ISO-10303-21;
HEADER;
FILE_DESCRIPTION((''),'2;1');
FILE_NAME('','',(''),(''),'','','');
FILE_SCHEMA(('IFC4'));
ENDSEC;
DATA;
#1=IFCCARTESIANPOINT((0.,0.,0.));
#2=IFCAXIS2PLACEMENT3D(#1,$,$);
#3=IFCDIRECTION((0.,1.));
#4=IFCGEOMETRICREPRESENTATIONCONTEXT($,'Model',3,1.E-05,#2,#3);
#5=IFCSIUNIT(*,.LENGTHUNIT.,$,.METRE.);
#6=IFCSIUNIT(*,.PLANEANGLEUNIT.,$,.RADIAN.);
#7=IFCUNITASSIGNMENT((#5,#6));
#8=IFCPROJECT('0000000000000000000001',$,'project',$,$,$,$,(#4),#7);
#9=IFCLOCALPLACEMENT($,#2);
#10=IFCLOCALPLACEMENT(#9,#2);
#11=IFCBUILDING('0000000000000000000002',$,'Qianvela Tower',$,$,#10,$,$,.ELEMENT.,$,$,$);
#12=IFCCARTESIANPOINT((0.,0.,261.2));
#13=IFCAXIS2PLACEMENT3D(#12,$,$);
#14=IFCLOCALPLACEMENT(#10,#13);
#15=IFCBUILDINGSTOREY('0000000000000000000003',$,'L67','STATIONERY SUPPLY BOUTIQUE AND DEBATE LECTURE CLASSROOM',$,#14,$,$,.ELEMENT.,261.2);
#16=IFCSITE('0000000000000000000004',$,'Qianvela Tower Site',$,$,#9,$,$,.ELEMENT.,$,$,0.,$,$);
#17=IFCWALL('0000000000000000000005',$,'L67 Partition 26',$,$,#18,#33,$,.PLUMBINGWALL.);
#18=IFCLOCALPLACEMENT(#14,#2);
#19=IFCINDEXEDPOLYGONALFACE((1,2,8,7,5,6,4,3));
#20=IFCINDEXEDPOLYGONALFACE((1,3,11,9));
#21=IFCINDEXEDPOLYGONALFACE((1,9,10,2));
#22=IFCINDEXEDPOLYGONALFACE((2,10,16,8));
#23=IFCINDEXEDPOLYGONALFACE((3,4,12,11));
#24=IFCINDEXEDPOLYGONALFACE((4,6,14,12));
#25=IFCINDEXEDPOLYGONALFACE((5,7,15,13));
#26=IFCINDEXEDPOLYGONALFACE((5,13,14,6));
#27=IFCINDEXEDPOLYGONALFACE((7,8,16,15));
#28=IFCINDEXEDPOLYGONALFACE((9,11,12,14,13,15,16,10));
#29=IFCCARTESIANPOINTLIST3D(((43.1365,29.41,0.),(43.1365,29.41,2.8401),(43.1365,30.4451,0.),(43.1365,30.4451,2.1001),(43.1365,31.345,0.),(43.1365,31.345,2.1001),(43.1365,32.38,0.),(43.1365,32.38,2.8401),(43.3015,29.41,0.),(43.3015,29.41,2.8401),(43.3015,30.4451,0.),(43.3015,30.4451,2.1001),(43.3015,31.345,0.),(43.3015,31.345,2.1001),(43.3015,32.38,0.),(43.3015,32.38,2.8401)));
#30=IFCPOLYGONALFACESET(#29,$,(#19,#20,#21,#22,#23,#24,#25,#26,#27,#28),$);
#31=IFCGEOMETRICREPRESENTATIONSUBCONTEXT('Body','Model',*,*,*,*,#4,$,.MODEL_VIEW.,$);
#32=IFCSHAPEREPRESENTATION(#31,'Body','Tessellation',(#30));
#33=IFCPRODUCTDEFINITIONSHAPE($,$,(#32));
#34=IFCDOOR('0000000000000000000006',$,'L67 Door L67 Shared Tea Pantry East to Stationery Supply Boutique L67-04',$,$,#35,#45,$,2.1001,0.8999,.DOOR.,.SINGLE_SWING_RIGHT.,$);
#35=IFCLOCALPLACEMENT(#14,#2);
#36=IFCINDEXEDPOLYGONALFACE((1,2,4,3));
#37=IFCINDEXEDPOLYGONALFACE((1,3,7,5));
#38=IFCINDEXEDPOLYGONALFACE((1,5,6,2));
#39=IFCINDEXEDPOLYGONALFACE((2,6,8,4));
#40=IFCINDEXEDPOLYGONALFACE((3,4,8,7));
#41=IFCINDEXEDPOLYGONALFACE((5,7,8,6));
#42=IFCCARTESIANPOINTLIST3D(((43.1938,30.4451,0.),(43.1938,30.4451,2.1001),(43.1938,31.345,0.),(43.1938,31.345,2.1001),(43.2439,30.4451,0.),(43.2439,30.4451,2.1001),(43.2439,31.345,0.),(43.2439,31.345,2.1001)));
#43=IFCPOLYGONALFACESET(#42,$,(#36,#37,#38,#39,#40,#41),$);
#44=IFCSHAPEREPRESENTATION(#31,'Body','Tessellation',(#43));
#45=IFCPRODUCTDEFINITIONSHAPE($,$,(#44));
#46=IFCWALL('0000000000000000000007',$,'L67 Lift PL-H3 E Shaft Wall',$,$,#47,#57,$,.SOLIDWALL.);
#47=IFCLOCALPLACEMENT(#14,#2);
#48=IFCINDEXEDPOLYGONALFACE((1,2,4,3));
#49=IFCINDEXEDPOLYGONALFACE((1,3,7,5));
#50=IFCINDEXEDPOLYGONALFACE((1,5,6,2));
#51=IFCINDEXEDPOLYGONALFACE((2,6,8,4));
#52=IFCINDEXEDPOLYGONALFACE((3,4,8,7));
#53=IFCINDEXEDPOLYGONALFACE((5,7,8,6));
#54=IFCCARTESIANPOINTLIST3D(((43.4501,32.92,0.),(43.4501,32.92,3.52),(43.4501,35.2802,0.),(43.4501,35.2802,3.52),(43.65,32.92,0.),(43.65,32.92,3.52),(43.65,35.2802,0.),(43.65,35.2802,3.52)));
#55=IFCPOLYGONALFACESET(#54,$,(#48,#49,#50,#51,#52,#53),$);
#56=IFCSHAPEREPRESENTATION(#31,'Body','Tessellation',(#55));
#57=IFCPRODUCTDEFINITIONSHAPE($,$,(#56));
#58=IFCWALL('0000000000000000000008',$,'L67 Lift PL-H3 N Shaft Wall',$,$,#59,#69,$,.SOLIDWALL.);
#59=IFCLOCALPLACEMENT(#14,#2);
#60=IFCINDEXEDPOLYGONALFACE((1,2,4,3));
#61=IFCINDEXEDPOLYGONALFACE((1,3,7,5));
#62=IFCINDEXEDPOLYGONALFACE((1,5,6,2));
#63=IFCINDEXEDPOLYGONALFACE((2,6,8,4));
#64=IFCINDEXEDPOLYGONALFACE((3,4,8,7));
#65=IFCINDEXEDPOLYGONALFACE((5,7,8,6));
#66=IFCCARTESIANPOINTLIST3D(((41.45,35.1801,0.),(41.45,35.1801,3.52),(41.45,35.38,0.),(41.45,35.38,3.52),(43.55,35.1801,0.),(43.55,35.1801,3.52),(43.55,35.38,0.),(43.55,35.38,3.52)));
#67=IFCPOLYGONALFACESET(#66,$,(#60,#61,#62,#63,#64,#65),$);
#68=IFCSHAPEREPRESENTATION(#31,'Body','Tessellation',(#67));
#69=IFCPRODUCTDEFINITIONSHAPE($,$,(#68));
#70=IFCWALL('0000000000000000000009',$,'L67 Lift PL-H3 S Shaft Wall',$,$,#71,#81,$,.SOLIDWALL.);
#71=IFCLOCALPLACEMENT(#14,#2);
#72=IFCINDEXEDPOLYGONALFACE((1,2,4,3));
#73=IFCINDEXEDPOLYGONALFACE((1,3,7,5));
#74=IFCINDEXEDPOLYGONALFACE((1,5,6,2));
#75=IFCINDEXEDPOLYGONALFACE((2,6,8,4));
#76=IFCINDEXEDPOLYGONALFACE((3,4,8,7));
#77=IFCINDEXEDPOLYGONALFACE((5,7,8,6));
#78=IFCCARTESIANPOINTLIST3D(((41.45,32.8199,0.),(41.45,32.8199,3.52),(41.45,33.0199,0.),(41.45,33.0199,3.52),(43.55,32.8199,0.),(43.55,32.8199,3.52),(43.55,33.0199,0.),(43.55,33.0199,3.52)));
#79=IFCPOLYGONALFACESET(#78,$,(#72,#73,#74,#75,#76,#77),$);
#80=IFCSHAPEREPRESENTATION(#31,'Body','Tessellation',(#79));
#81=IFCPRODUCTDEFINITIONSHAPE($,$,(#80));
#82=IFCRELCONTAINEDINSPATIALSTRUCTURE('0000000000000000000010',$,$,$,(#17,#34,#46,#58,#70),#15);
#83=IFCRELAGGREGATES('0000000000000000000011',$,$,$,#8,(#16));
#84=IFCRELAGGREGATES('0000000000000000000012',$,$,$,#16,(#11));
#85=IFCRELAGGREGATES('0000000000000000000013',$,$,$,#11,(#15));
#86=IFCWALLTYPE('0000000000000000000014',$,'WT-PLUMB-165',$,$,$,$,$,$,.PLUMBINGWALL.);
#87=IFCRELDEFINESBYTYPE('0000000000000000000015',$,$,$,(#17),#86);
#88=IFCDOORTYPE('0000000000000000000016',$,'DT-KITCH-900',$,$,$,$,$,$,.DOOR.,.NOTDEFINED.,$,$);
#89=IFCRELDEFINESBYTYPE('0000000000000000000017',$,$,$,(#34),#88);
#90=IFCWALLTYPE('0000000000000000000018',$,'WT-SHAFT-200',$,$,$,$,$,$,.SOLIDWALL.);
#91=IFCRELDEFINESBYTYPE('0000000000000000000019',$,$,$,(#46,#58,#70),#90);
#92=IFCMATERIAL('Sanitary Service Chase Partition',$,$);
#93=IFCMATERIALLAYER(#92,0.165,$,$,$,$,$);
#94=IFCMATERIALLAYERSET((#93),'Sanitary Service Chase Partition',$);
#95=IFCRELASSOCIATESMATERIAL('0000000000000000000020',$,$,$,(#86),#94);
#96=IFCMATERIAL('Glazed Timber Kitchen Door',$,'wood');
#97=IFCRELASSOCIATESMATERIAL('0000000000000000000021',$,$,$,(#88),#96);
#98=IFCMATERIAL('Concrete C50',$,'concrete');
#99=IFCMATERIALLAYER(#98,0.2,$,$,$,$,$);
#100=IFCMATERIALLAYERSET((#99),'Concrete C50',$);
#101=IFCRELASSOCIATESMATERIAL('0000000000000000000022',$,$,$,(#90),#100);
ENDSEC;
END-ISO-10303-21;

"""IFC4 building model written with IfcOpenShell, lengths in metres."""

from ifc_helpers import new_model, si_unit, direction, frame, frame_2d, origin, place, context, subcontext, project, spatial, rectangle, extrude, material, layer, layer_set, type_object, element, fill, save


model = new_model("IFC4")

# Units and contexts
model_context = context("Model", 3, precision=1e-05, world=origin(), true_north=direction((0.0, 1.0)))
body_context = subcontext(model_context, "Body", "Model", "MODEL_VIEW")
ifc_project = project(units=[si_unit("LENGTHUNIT", "METRE"), si_unit("PLANEANGLEUNIT", "RADIAN")], contexts=[model_context])

# Site, building, storey
site_placement = place(None, origin())
site = spatial("IfcSite", under=ifc_project, at=site_placement, Name="Qianvela Tower Site", CompositionType="ELEMENT", RefElevation=0.0)
building_placement = place(site_placement, origin())
building = spatial("IfcBuilding", under=site, at=building_placement, Name="Qianvela Tower", CompositionType="ELEMENT")
storey_placement = place(building_placement, frame((0.0, 0.0, 261.2)))
storey = spatial("IfcBuildingStorey", under=building, at=storey_placement, Name="L67", Description="STATIONERY SUPPLY BOUTIQUE AND DEBATE LECTURE CLASSROOM", CompositionType="ELEMENT", Elevation=261.2)

# Shared definitions
ifc_material_1 = material(Name="Sanitary Service Chase Partition")
ifc_layer_1 = layer(ifc_material_1, 0.165)
ifc_layer_set_1 = layer_set([ifc_layer_1], Name="Sanitary Service Chase Partition")
wall_type_1 = type_object("IfcWallType", Name="WT-PLUMB-165", PredefinedType="PLUMBINGWALL", material=ifc_layer_set_1)

# Wall, opening, door
wall_1_placement = place(storey_placement, frame((43.219, 32.3799, 0.0), z_axis=(0.0, 0.0, 1.0), x_axis=(0.0, -1.0, 0.0)))
wall_1 = element("IfcWall", 1, at=wall_1_placement, inside=storey, type_object=wall_type_1, Name="L67 Partition 26", PredefinedType="PLUMBINGWALL", context=body_context, shape_type="SweptSolid", body=[
    extrude(rectangle(XDim=2.97, YDim=0.165, at=frame_2d((1.4849, 0.0))), origin(), (0.0, 0.0, 1.0), 2.8401),
])
opening_1_placement = place(wall_1_placement, frame((1.0349, 0.0, 0.0)))
opening_1 = element("IfcOpeningElement", 2, at=opening_1_placement, cuts=wall_1, PredefinedType="OPENING", context=body_context, shape_type="SweptSolid", body=[
    extrude(rectangle(XDim=0.8999, YDim=2.1001, at=frame_2d((0.45, 1.05))), frame((0.0, 0.0925, 0.0), z_axis=(0.0, -1.0, 0.0), x_axis=(1.0, 0.0, 0.0)), (0.0, 0.0, 1.0), 0.1851),
])
ifc_material_2 = material(Name="Glazed Timber Kitchen Door", Category="wood")
door_type_1 = type_object("IfcDoorType", Name="DT-KITCH-900", OperationType="NOTDEFINED", PredefinedType="DOOR", material=ifc_material_2)
door_1_placement = place(opening_1_placement, origin())
door_1 = element("IfcDoor", 3, at=door_1_placement, inside=storey, type_object=door_type_1, Name="L67 Door L67 Shared Tea Pantry East to Stationery Supply Boutique L67-04", OperationType="SINGLE_SWING_RIGHT", OverallHeight=2.1001, OverallWidth=0.8999, PredefinedType="DOOR", context=body_context, shape_type="SweptSolid", body=[
    extrude(rectangle(XDim=0.8999, YDim=2.1001, at=frame_2d((0.45, 1.05))), frame((0.0, 0.0249, 0.0), z_axis=(0.0, -1.0, 0.0), x_axis=(1.0, 0.0, 0.0)), (0.0, 0.0, 1.0), 0.05),
])
fill(opening_1, door_1)

# Wall
ifc_material_3 = material(Name="Concrete C50", Category="concrete")
ifc_layer_2 = layer(ifc_material_3, 0.2)
ifc_layer_set_2 = layer_set([ifc_layer_2], Name="Concrete C50")
wall_type_2 = type_object("IfcWallType", Name="WT-SHAFT-200", PredefinedType="SOLIDWALL", material=ifc_layer_set_2)
wall_2_placement = place(storey_placement, frame((43.55, 32.9199, 0.0), z_axis=(0.0, 0.0, 1.0), x_axis=(0.0, 1.0, 0.0)))
element("IfcWall", 4, at=wall_2_placement, inside=storey, type_object=wall_type_2, Name="L67 Lift PL-H3 E Shaft Wall", PredefinedType="SOLIDWALL", context=body_context, shape_type="SweptSolid", body=[
    extrude(rectangle(XDim=2.3601, YDim=0.2, at=frame_2d((1.1802, 0.0))), origin(), (0.0, 0.0, 1.0), 3.52),
])

# Walls
for number, where, z_axis, x_axis, name in (
    (5, (41.45, 35.28, 0.0), (0.0, 0.0, 1.0), (1.0, 0.0, 0.0), "L67 Lift PL-H3 N Shaft Wall"),
    (6, (41.45, 32.9199, 0.0), (0.0, 0.0, 1.0), (1.0, 0.0, 0.0), "L67 Lift PL-H3 S Shaft Wall"),
):
    element("IfcWall", number, at=place(storey_placement, frame(where, z_axis=z_axis, x_axis=x_axis)), inside=storey, type_object=wall_type_2, Name=name, PredefinedType="SOLIDWALL", context=body_context, shape_type="SweptSolid", body=[
        extrude(rectangle(XDim=2.1001, YDim=0.2, at=frame_2d((1.05, 0.0))), origin(), (0.0, 0.0, 1.0), 3.52),
    ])

save(model, "model.ifc")
